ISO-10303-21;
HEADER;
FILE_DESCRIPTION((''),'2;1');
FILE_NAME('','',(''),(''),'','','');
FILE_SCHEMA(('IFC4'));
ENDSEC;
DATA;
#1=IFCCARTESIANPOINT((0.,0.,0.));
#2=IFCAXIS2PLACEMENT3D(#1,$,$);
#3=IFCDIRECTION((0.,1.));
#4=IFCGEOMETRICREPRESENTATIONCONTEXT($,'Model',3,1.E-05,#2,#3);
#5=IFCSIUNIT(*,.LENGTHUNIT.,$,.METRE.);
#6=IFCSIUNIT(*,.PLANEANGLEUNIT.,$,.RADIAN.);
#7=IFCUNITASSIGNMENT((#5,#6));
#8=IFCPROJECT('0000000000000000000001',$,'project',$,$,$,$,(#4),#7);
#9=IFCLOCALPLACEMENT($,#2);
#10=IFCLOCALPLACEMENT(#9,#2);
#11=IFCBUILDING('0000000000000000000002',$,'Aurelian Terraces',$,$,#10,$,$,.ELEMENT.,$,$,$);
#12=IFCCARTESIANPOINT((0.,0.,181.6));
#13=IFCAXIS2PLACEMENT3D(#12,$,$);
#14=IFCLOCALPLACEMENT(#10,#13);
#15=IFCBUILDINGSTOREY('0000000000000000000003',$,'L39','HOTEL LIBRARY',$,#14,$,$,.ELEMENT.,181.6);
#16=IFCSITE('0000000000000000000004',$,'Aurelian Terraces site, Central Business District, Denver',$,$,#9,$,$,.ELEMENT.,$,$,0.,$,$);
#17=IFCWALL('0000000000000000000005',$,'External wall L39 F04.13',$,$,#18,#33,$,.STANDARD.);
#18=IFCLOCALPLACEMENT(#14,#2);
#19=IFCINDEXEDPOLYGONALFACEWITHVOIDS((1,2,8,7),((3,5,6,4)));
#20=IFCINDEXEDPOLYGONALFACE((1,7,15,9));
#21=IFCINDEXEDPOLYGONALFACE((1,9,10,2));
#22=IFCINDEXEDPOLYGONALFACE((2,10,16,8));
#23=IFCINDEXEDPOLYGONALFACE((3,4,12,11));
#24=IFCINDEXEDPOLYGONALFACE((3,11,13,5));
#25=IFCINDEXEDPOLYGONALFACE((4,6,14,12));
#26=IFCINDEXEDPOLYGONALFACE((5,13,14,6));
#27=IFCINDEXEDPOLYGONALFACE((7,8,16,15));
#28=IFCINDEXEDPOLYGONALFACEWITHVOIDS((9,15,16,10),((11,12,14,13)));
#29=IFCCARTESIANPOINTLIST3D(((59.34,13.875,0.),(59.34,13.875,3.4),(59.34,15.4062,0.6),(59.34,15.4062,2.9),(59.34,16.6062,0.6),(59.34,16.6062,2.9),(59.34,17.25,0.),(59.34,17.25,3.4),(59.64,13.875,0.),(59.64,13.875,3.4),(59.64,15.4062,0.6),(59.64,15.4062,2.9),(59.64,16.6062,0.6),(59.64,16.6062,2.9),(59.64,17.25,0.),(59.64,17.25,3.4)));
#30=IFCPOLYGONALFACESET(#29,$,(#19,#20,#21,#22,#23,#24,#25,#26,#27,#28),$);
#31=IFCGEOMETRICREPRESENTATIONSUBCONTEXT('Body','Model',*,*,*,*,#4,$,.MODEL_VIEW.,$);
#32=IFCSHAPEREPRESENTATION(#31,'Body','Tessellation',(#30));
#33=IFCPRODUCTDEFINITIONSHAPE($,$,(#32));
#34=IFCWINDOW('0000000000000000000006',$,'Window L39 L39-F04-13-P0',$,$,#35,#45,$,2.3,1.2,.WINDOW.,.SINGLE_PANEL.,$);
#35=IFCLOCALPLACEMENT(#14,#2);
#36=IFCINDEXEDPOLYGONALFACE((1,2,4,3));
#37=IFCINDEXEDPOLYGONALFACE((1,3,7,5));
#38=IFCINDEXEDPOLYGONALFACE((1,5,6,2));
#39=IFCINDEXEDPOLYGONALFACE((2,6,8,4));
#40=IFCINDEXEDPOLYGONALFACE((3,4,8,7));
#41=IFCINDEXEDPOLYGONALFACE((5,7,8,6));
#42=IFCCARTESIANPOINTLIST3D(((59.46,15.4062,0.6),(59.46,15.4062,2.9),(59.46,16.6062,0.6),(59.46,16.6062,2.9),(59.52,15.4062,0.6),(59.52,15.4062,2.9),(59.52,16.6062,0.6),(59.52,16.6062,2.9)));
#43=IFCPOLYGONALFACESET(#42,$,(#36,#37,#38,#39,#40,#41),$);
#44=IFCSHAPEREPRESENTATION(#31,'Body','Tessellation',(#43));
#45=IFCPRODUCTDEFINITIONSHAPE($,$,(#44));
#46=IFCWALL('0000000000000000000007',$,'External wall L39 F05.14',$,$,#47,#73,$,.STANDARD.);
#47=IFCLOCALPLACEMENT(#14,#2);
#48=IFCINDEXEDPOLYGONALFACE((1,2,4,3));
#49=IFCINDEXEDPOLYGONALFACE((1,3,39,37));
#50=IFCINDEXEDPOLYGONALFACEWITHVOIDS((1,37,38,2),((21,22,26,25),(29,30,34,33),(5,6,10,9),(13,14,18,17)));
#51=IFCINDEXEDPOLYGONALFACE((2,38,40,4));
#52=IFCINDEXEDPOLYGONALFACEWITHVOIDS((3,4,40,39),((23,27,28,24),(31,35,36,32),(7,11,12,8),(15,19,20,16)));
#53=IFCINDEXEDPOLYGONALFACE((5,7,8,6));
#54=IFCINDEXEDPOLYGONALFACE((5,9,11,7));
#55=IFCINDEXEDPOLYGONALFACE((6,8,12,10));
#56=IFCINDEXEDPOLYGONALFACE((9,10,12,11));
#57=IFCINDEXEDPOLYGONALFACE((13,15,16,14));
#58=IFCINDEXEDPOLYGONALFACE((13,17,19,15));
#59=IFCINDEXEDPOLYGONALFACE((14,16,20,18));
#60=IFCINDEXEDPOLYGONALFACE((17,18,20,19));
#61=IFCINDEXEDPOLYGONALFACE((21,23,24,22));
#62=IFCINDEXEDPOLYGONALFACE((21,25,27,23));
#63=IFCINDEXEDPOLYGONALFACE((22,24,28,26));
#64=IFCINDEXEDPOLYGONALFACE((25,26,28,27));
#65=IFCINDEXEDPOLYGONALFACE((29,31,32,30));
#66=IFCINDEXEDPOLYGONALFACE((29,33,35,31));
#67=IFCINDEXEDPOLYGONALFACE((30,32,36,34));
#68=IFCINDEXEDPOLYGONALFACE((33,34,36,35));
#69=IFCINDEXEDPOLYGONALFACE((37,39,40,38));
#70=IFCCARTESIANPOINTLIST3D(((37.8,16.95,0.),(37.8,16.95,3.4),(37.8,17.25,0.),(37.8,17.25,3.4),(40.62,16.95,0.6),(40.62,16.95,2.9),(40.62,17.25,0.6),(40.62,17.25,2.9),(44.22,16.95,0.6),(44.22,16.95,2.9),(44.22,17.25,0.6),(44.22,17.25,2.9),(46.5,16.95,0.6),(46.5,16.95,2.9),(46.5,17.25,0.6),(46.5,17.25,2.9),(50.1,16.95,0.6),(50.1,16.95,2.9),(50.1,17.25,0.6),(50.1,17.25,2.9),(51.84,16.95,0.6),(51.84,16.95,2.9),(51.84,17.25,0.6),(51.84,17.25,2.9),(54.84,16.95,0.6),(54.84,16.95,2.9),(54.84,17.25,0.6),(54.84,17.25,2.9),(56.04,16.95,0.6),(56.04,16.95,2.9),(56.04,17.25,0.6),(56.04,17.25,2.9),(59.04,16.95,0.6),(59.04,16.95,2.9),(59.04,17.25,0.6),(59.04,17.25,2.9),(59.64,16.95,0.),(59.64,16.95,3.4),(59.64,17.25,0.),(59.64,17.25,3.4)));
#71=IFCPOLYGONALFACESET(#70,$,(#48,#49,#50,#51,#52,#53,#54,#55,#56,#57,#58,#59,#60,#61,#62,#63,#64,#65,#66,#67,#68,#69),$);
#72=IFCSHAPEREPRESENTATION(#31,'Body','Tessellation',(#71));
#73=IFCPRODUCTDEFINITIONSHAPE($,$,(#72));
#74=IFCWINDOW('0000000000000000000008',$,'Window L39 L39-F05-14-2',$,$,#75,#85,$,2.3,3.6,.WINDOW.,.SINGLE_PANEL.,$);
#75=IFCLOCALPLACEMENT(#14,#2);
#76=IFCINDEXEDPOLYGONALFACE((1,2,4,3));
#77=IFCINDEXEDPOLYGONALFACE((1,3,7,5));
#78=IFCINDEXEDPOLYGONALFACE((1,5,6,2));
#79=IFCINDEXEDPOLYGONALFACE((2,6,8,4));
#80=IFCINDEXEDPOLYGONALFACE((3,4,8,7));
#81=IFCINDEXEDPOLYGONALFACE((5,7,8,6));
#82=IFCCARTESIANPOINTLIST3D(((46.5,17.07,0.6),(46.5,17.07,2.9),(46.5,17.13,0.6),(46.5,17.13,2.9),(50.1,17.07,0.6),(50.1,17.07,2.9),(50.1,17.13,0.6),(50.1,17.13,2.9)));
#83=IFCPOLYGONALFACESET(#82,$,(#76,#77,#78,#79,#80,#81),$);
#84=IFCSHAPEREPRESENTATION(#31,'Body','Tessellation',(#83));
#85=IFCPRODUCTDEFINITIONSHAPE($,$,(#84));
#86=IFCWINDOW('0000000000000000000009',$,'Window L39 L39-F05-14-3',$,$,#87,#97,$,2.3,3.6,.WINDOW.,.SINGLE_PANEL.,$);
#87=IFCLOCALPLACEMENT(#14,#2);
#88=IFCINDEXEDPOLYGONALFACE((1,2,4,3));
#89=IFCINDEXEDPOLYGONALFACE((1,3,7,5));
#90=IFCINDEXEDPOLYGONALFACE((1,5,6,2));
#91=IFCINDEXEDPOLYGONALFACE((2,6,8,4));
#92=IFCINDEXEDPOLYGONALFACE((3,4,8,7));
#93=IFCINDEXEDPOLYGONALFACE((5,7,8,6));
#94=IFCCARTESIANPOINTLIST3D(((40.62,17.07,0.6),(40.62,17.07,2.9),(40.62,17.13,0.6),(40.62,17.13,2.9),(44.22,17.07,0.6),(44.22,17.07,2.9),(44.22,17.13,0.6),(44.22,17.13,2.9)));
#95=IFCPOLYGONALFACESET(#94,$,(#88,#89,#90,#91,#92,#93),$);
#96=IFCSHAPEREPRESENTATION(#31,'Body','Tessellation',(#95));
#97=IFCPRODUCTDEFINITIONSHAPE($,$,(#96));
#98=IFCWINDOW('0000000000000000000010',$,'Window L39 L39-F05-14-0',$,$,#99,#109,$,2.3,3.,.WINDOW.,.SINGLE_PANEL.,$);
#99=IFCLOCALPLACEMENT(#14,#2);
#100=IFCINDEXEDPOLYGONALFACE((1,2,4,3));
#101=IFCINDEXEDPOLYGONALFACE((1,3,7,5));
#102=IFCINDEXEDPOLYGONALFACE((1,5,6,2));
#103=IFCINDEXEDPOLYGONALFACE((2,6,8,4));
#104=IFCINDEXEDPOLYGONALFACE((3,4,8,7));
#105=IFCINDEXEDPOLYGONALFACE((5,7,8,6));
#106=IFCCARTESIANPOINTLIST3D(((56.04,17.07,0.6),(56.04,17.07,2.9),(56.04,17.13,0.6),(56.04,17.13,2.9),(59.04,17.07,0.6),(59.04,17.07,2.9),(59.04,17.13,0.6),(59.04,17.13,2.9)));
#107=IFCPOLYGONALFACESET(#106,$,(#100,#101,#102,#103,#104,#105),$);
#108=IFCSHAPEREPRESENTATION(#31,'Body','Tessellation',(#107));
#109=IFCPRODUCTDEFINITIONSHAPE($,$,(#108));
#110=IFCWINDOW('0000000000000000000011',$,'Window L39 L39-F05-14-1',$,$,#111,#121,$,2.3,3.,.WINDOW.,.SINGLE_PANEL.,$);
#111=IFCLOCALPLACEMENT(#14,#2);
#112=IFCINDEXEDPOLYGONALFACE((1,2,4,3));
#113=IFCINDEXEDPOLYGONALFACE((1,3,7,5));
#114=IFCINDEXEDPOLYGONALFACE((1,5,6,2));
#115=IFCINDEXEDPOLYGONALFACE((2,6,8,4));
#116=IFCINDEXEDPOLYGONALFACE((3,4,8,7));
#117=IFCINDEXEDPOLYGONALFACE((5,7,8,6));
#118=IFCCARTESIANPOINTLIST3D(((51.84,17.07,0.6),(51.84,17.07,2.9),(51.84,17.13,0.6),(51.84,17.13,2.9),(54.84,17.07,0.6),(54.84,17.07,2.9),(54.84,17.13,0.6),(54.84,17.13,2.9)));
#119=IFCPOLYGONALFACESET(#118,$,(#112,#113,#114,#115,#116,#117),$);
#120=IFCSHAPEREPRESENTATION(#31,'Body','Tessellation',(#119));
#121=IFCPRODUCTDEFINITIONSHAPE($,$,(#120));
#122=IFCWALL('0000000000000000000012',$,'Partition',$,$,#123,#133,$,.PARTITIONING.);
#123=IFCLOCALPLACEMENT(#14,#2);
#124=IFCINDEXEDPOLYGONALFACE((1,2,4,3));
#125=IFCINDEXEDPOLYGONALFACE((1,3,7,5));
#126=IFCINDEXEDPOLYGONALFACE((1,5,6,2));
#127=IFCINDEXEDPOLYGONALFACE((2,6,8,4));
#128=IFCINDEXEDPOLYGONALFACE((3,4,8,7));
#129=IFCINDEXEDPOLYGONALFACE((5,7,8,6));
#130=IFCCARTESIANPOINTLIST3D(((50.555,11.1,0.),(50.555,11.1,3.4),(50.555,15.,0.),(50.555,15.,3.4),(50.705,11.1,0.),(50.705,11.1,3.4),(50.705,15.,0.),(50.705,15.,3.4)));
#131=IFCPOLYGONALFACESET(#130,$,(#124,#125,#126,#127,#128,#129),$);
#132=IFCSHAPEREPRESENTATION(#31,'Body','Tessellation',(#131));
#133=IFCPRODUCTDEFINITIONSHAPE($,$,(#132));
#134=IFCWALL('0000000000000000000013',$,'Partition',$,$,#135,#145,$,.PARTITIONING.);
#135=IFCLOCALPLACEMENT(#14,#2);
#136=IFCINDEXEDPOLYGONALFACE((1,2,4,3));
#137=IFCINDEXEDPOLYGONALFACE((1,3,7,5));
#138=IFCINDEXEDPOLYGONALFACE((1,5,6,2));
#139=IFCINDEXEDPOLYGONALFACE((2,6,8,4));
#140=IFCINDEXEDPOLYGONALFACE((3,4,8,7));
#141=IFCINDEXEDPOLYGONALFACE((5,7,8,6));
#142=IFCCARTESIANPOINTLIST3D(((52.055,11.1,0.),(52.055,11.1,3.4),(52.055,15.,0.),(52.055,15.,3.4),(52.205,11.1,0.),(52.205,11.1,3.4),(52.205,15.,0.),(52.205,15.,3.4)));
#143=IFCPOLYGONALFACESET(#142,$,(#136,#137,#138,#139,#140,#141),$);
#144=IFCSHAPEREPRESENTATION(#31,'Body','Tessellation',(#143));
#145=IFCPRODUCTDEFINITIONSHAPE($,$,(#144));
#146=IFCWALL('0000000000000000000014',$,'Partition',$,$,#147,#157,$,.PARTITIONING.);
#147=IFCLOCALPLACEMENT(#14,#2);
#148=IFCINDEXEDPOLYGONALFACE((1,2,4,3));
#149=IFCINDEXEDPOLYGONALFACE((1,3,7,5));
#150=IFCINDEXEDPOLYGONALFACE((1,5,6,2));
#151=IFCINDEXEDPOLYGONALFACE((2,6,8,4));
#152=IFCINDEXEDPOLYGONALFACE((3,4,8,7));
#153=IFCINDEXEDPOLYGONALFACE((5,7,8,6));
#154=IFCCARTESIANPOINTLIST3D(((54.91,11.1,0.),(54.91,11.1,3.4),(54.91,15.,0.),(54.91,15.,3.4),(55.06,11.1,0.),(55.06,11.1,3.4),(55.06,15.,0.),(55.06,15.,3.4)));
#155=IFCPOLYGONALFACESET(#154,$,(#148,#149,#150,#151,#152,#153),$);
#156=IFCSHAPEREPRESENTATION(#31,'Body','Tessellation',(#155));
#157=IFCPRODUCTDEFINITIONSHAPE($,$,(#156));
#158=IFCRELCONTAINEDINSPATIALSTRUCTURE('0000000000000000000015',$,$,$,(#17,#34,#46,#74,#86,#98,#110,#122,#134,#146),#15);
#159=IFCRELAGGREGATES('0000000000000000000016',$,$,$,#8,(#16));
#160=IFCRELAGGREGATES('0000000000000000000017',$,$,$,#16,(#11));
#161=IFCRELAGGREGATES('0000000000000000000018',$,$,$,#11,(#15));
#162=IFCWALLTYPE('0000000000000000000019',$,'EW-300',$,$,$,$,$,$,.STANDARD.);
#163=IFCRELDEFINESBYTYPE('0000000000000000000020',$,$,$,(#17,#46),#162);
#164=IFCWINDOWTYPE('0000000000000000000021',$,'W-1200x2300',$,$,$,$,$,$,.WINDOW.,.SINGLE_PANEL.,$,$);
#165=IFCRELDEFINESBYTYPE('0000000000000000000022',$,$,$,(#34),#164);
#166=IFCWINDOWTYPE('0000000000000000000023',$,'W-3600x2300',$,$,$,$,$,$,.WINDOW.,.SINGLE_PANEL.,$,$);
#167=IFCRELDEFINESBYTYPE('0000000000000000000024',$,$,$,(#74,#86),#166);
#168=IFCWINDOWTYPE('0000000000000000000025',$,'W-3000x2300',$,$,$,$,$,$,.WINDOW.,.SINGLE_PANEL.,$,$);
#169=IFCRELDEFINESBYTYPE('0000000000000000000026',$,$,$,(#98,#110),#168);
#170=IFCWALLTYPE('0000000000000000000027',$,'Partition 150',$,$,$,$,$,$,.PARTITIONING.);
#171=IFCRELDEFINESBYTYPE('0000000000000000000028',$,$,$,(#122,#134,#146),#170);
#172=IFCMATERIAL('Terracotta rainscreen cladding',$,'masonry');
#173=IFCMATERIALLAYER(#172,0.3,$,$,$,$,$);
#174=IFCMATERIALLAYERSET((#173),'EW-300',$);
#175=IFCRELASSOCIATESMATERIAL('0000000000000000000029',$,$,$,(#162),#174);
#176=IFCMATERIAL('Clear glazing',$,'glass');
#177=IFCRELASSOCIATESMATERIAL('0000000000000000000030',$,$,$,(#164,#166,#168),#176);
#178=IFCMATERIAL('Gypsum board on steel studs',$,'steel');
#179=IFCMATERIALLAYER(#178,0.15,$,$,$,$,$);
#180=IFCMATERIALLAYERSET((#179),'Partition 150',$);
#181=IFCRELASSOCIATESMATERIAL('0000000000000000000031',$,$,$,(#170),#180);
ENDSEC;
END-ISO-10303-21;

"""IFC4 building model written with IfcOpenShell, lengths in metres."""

from ifc_helpers import new_model, si_unit, direction, frame, frame_2d, origin, place, context, subcontext, project, spatial, rectangle, extrude, source, transform, mapped, material, layer, layer_set, type_object, element, fill, save


model = new_model("IFC4")

# Units and contexts
model_context = context("Model", 3, precision=1e-05, world=origin(), true_north=direction((0.0, 1.0)))
body_context = subcontext(model_context, "Body", "Model", "MODEL_VIEW")
ifc_project = project(units=[si_unit("LENGTHUNIT", "METRE"), si_unit("PLANEANGLEUNIT", "RADIAN")], contexts=[model_context])

# Site, building, storey
site_placement = place(None, origin())
site = spatial("IfcSite", under=ifc_project, at=site_placement, Name="Aurelian Terraces site, Central Business District, Denver", CompositionType="ELEMENT", RefElevation=0.0)
building_placement = place(site_placement, origin())
building = spatial("IfcBuilding", under=site, at=building_placement, Name="Aurelian Terraces", CompositionType="ELEMENT")
storey_placement = place(building_placement, frame((0.0, 0.0, 181.6)))
storey = spatial("IfcBuildingStorey", under=building, at=storey_placement, Name="L39", Description="HOTEL LIBRARY", CompositionType="ELEMENT", Elevation=181.6)

# Wall, opening, window
ifc_material_1 = material(Name="Terracotta rainscreen cladding", Category="masonry")
ifc_layer_1 = layer(ifc_material_1, 0.3)
ifc_layer_set_1 = layer_set([ifc_layer_1], Name="EW-300")
wall_type_1 = type_object("IfcWallType", Name="EW-300", PredefinedType="STANDARD", material=ifc_layer_set_1)
shared_shape_1 = source(origin(), body_context, "Body", "SweptSolid", [
    extrude(rectangle(XDim=3.375, YDim=0.3, at=frame_2d((1.6875, 0.0))), origin(), (0.0, 0.0, 1.0), 3.4),
])
wall_1_placement = place(storey_placement, frame((59.49, 13.875, 0.0), z_axis=(0.0, 0.0, 1.0), x_axis=(0.0, 1.0, 0.0)))
wall_1 = element("IfcWall", 1, at=wall_1_placement, inside=storey, type_object=wall_type_1, Name="External wall L39 F04.13", PredefinedType="STANDARD", context=body_context, shape_type="MappedRepresentation", body=[
    mapped(shared_shape_1, transform((0.0, 0.0, 0.0), scale=1.0)),
])
shared_shape_2 = source(origin(), body_context, "Body", "SweptSolid", [
    extrude(rectangle(XDim=1.2, YDim=2.3, at=frame_2d((0.6, 1.15))), frame((0.0, 0.16, 0.0), z_axis=(0.0, -1.0, 0.0), x_axis=(1.0, 0.0, 0.0)), (0.0, 0.0, 1.0), 0.32),
])
opening_1_placement = place(wall_1_placement, frame((1.5312, 0.0, 0.6)))
opening_1 = element("IfcOpeningElement", 2, at=opening_1_placement, cuts=wall_1, PredefinedType="OPENING", context=body_context, shape_type="MappedRepresentation", body=[
    mapped(shared_shape_2, transform((0.0, 0.0, 0.0), scale=1.0)),
])
ifc_material_2 = material(Name="Clear glazing", Category="glass")
window_type_1 = type_object("IfcWindowType", Name="W-1200x2300", PartitioningType="SINGLE_PANEL", PredefinedType="WINDOW", material=ifc_material_2)
shared_shape_3 = source(origin(), body_context, "Body", "SweptSolid", [
    extrude(rectangle(XDim=1.2, YDim=2.3, at=frame_2d((0.6, 1.15))), frame((0.0, 0.03, 0.0), z_axis=(0.0, -1.0, 0.0), x_axis=(1.0, 0.0, 0.0)), (0.0, 0.0, 1.0), 0.06),
])
window_1_placement = place(opening_1_placement, origin())
window_1 = element("IfcWindow", 3, at=window_1_placement, inside=storey, type_object=window_type_1, Name="Window L39 L39-F04-13-P0", OverallHeight=2.3, OverallWidth=1.2, PartitioningType="SINGLE_PANEL", PredefinedType="WINDOW", context=body_context, shape_type="MappedRepresentation", body=[
    mapped(shared_shape_3, transform((0.0, 0.0, 0.0), scale=1.0)),
])
fill(opening_1, window_1)

# Wall, openings, windows
shared_shape_4 = source(origin(), body_context, "Body", "SweptSolid", [
    extrude(rectangle(XDim=21.84, YDim=0.3, at=frame_2d((10.92, 0.0))), origin(), (0.0, 0.0, 1.0), 3.4),
])
wall_2_placement = place(storey_placement, frame((59.64, 17.1, 0.0), z_axis=(0.0, 0.0, 1.0), x_axis=(-1.0, 0.0, 0.0)))
wall_2 = element("IfcWall", 4, at=wall_2_placement, inside=storey, type_object=wall_type_1, Name="External wall L39 F05.14", PredefinedType="STANDARD", context=body_context, shape_type="MappedRepresentation", body=[
    mapped(shared_shape_4, transform((0.0, 0.0, 0.0), scale=1.0)),
])
shared_shape_5 = source(origin(), body_context, "Body", "SweptSolid", [
    extrude(rectangle(XDim=3.0, YDim=2.3, at=frame_2d((1.5, 1.15))), frame((0.0, 0.16, 0.0), z_axis=(0.0, -1.0, 0.0), x_axis=(1.0, 0.0, 0.0)), (0.0, 0.0, 1.0), 0.32),
])
opening_2_placement = place(wall_2_placement, frame((0.6, 0.0, 0.6)))
opening_2 = element("IfcOpeningElement", 5, at=opening_2_placement, cuts=wall_2, PredefinedType="OPENING", context=body_context, shape_type="MappedRepresentation", body=[
    mapped(shared_shape_5, transform((0.0, 0.0, 0.0), scale=1.0)),
])
opening_3_placement = place(wall_2_placement, frame((4.8, 0.0, 0.6)))
opening_3 = element("IfcOpeningElement", 6, at=opening_3_placement, cuts=wall_2, PredefinedType="OPENING", context=body_context, shape_type="MappedRepresentation", body=[
    mapped(shared_shape_5, transform((0.0, 0.0, 0.0), scale=1.0)),
])
shared_shape_6 = source(origin(), body_context, "Body", "SweptSolid", [
    extrude(rectangle(XDim=3.6, YDim=2.3, at=frame_2d((1.8, 1.15))), frame((0.0, 0.16, 0.0), z_axis=(0.0, -1.0, 0.0), x_axis=(1.0, 0.0, 0.0)), (0.0, 0.0, 1.0), 0.32),
])
opening_4_placement = place(wall_2_placement, frame((9.54, 0.0, 0.6)))
opening_4 = element("IfcOpeningElement", 7, at=opening_4_placement, cuts=wall_2, PredefinedType="OPENING", context=body_context, shape_type="MappedRepresentation", body=[
    mapped(shared_shape_6, transform((0.0, 0.0, 0.0), scale=1.0)),
])
opening_5_placement = place(wall_2_placement, frame((15.42, 0.0, 0.6)))
opening_5 = element("IfcOpeningElement", 8, at=opening_5_placement, cuts=wall_2, PredefinedType="OPENING", context=body_context, shape_type="MappedRepresentation", body=[
    mapped(shared_shape_6, transform((0.0, 0.0, 0.0), scale=1.0)),
])
window_type_2 = type_object("IfcWindowType", Name="W-3600x2300", PartitioningType="SINGLE_PANEL", PredefinedType="WINDOW", material=ifc_material_2)
shared_shape_7 = source(origin(), body_context, "Body", "SweptSolid", [
    extrude(rectangle(XDim=3.6, YDim=2.3, at=frame_2d((1.8, 1.15))), frame((0.0, 0.03, 0.0), z_axis=(0.0, -1.0, 0.0), x_axis=(1.0, 0.0, 0.0)), (0.0, 0.0, 1.0), 0.06),
])
window_2_placement = place(opening_4_placement, origin())
window_2 = element("IfcWindow", 9, at=window_2_placement, inside=storey, type_object=window_type_2, Name="Window L39 L39-F05-14-2", OverallHeight=2.3, OverallWidth=3.6, PartitioningType="SINGLE_PANEL", PredefinedType="WINDOW", context=body_context, shape_type="MappedRepresentation", body=[
    mapped(shared_shape_7, transform((0.0, 0.0, 0.0), scale=1.0)),
])
fill(opening_4, window_2)
window_3_placement = place(opening_5_placement, origin())
window_3 = element("IfcWindow", 10, at=window_3_placement, inside=storey, type_object=window_type_2, Name="Window L39 L39-F05-14-3", OverallHeight=2.3, OverallWidth=3.6, PartitioningType="SINGLE_PANEL", PredefinedType="WINDOW", context=body_context, shape_type="MappedRepresentation", body=[
    mapped(shared_shape_7, transform((0.0, 0.0, 0.0), scale=1.0)),
])
fill(opening_5, window_3)
window_type_3 = type_object("IfcWindowType", Name="W-3000x2300", PartitioningType="SINGLE_PANEL", PredefinedType="WINDOW", material=ifc_material_2)
shared_shape_8 = source(origin(), body_context, "Body", "SweptSolid", [
    extrude(rectangle(XDim=3.0, YDim=2.3, at=frame_2d((1.5, 1.15))), frame((0.0, 0.03, 0.0), z_axis=(0.0, -1.0, 0.0), x_axis=(1.0, 0.0, 0.0)), (0.0, 0.0, 1.0), 0.06),
])
window_4_placement = place(opening_2_placement, origin())
window_4 = element("IfcWindow", 11, at=window_4_placement, inside=storey, type_object=window_type_3, Name="Window L39 L39-F05-14-0", OverallHeight=2.3, OverallWidth=3.0, PartitioningType="SINGLE_PANEL", PredefinedType="WINDOW", context=body_context, shape_type="MappedRepresentation", body=[
    mapped(shared_shape_8, transform((0.0, 0.0, 0.0), scale=1.0)),
])
fill(opening_2, window_4)
window_5_placement = place(opening_3_placement, origin())
window_5 = element("IfcWindow", 12, at=window_5_placement, inside=storey, type_object=window_type_3, Name="Window L39 L39-F05-14-1", OverallHeight=2.3, OverallWidth=3.0, PartitioningType="SINGLE_PANEL", PredefinedType="WINDOW", context=body_context, shape_type="MappedRepresentation", body=[
    mapped(shared_shape_8, transform((0.0, 0.0, 0.0), scale=1.0)),
])
fill(opening_3, window_5)

# Walls
ifc_material_3 = material(Name="Gypsum board on steel studs", Category="steel")
ifc_layer_2 = layer(ifc_material_3, 0.15)
ifc_layer_set_2 = layer_set([ifc_layer_2], Name="Partition 150")
wall_type_2 = type_object("IfcWallType", Name="Partition 150", PredefinedType="PARTITIONING", material=ifc_layer_set_2)
shared_shape_9 = source(origin(), body_context, "Body", "SweptSolid", [
    extrude(rectangle(XDim=3.9, YDim=0.15, at=frame_2d((1.95, 0.0))), origin(), (0.0, 0.0, 1.0), 3.4),
])
for number, where, z_axis, x_axis, name in (
    (13, (50.63, 11.1, 0.0), (0.0, 0.0, 1.0), (0.0, 1.0, 0.0), "Partition"),
    (14, (52.13, 11.1, 0.0), (0.0, 0.0, 1.0), (0.0, 1.0, 0.0), "Partition"),
    (15, (54.985, 11.1, 0.0), (0.0, 0.0, 1.0), (0.0, 1.0, 0.0), "Partition"),
):
    element("IfcWall", number, at=place(storey_placement, frame(where, z_axis=z_axis, x_axis=x_axis)), inside=storey, type_object=wall_type_2, Name=name, PredefinedType="PARTITIONING", context=body_context, shape_type="MappedRepresentation", body=[
        mapped(shared_shape_9, transform((0.0, 0.0, 0.0), scale=1.0)),
    ])

save(model, "model.ifc")
